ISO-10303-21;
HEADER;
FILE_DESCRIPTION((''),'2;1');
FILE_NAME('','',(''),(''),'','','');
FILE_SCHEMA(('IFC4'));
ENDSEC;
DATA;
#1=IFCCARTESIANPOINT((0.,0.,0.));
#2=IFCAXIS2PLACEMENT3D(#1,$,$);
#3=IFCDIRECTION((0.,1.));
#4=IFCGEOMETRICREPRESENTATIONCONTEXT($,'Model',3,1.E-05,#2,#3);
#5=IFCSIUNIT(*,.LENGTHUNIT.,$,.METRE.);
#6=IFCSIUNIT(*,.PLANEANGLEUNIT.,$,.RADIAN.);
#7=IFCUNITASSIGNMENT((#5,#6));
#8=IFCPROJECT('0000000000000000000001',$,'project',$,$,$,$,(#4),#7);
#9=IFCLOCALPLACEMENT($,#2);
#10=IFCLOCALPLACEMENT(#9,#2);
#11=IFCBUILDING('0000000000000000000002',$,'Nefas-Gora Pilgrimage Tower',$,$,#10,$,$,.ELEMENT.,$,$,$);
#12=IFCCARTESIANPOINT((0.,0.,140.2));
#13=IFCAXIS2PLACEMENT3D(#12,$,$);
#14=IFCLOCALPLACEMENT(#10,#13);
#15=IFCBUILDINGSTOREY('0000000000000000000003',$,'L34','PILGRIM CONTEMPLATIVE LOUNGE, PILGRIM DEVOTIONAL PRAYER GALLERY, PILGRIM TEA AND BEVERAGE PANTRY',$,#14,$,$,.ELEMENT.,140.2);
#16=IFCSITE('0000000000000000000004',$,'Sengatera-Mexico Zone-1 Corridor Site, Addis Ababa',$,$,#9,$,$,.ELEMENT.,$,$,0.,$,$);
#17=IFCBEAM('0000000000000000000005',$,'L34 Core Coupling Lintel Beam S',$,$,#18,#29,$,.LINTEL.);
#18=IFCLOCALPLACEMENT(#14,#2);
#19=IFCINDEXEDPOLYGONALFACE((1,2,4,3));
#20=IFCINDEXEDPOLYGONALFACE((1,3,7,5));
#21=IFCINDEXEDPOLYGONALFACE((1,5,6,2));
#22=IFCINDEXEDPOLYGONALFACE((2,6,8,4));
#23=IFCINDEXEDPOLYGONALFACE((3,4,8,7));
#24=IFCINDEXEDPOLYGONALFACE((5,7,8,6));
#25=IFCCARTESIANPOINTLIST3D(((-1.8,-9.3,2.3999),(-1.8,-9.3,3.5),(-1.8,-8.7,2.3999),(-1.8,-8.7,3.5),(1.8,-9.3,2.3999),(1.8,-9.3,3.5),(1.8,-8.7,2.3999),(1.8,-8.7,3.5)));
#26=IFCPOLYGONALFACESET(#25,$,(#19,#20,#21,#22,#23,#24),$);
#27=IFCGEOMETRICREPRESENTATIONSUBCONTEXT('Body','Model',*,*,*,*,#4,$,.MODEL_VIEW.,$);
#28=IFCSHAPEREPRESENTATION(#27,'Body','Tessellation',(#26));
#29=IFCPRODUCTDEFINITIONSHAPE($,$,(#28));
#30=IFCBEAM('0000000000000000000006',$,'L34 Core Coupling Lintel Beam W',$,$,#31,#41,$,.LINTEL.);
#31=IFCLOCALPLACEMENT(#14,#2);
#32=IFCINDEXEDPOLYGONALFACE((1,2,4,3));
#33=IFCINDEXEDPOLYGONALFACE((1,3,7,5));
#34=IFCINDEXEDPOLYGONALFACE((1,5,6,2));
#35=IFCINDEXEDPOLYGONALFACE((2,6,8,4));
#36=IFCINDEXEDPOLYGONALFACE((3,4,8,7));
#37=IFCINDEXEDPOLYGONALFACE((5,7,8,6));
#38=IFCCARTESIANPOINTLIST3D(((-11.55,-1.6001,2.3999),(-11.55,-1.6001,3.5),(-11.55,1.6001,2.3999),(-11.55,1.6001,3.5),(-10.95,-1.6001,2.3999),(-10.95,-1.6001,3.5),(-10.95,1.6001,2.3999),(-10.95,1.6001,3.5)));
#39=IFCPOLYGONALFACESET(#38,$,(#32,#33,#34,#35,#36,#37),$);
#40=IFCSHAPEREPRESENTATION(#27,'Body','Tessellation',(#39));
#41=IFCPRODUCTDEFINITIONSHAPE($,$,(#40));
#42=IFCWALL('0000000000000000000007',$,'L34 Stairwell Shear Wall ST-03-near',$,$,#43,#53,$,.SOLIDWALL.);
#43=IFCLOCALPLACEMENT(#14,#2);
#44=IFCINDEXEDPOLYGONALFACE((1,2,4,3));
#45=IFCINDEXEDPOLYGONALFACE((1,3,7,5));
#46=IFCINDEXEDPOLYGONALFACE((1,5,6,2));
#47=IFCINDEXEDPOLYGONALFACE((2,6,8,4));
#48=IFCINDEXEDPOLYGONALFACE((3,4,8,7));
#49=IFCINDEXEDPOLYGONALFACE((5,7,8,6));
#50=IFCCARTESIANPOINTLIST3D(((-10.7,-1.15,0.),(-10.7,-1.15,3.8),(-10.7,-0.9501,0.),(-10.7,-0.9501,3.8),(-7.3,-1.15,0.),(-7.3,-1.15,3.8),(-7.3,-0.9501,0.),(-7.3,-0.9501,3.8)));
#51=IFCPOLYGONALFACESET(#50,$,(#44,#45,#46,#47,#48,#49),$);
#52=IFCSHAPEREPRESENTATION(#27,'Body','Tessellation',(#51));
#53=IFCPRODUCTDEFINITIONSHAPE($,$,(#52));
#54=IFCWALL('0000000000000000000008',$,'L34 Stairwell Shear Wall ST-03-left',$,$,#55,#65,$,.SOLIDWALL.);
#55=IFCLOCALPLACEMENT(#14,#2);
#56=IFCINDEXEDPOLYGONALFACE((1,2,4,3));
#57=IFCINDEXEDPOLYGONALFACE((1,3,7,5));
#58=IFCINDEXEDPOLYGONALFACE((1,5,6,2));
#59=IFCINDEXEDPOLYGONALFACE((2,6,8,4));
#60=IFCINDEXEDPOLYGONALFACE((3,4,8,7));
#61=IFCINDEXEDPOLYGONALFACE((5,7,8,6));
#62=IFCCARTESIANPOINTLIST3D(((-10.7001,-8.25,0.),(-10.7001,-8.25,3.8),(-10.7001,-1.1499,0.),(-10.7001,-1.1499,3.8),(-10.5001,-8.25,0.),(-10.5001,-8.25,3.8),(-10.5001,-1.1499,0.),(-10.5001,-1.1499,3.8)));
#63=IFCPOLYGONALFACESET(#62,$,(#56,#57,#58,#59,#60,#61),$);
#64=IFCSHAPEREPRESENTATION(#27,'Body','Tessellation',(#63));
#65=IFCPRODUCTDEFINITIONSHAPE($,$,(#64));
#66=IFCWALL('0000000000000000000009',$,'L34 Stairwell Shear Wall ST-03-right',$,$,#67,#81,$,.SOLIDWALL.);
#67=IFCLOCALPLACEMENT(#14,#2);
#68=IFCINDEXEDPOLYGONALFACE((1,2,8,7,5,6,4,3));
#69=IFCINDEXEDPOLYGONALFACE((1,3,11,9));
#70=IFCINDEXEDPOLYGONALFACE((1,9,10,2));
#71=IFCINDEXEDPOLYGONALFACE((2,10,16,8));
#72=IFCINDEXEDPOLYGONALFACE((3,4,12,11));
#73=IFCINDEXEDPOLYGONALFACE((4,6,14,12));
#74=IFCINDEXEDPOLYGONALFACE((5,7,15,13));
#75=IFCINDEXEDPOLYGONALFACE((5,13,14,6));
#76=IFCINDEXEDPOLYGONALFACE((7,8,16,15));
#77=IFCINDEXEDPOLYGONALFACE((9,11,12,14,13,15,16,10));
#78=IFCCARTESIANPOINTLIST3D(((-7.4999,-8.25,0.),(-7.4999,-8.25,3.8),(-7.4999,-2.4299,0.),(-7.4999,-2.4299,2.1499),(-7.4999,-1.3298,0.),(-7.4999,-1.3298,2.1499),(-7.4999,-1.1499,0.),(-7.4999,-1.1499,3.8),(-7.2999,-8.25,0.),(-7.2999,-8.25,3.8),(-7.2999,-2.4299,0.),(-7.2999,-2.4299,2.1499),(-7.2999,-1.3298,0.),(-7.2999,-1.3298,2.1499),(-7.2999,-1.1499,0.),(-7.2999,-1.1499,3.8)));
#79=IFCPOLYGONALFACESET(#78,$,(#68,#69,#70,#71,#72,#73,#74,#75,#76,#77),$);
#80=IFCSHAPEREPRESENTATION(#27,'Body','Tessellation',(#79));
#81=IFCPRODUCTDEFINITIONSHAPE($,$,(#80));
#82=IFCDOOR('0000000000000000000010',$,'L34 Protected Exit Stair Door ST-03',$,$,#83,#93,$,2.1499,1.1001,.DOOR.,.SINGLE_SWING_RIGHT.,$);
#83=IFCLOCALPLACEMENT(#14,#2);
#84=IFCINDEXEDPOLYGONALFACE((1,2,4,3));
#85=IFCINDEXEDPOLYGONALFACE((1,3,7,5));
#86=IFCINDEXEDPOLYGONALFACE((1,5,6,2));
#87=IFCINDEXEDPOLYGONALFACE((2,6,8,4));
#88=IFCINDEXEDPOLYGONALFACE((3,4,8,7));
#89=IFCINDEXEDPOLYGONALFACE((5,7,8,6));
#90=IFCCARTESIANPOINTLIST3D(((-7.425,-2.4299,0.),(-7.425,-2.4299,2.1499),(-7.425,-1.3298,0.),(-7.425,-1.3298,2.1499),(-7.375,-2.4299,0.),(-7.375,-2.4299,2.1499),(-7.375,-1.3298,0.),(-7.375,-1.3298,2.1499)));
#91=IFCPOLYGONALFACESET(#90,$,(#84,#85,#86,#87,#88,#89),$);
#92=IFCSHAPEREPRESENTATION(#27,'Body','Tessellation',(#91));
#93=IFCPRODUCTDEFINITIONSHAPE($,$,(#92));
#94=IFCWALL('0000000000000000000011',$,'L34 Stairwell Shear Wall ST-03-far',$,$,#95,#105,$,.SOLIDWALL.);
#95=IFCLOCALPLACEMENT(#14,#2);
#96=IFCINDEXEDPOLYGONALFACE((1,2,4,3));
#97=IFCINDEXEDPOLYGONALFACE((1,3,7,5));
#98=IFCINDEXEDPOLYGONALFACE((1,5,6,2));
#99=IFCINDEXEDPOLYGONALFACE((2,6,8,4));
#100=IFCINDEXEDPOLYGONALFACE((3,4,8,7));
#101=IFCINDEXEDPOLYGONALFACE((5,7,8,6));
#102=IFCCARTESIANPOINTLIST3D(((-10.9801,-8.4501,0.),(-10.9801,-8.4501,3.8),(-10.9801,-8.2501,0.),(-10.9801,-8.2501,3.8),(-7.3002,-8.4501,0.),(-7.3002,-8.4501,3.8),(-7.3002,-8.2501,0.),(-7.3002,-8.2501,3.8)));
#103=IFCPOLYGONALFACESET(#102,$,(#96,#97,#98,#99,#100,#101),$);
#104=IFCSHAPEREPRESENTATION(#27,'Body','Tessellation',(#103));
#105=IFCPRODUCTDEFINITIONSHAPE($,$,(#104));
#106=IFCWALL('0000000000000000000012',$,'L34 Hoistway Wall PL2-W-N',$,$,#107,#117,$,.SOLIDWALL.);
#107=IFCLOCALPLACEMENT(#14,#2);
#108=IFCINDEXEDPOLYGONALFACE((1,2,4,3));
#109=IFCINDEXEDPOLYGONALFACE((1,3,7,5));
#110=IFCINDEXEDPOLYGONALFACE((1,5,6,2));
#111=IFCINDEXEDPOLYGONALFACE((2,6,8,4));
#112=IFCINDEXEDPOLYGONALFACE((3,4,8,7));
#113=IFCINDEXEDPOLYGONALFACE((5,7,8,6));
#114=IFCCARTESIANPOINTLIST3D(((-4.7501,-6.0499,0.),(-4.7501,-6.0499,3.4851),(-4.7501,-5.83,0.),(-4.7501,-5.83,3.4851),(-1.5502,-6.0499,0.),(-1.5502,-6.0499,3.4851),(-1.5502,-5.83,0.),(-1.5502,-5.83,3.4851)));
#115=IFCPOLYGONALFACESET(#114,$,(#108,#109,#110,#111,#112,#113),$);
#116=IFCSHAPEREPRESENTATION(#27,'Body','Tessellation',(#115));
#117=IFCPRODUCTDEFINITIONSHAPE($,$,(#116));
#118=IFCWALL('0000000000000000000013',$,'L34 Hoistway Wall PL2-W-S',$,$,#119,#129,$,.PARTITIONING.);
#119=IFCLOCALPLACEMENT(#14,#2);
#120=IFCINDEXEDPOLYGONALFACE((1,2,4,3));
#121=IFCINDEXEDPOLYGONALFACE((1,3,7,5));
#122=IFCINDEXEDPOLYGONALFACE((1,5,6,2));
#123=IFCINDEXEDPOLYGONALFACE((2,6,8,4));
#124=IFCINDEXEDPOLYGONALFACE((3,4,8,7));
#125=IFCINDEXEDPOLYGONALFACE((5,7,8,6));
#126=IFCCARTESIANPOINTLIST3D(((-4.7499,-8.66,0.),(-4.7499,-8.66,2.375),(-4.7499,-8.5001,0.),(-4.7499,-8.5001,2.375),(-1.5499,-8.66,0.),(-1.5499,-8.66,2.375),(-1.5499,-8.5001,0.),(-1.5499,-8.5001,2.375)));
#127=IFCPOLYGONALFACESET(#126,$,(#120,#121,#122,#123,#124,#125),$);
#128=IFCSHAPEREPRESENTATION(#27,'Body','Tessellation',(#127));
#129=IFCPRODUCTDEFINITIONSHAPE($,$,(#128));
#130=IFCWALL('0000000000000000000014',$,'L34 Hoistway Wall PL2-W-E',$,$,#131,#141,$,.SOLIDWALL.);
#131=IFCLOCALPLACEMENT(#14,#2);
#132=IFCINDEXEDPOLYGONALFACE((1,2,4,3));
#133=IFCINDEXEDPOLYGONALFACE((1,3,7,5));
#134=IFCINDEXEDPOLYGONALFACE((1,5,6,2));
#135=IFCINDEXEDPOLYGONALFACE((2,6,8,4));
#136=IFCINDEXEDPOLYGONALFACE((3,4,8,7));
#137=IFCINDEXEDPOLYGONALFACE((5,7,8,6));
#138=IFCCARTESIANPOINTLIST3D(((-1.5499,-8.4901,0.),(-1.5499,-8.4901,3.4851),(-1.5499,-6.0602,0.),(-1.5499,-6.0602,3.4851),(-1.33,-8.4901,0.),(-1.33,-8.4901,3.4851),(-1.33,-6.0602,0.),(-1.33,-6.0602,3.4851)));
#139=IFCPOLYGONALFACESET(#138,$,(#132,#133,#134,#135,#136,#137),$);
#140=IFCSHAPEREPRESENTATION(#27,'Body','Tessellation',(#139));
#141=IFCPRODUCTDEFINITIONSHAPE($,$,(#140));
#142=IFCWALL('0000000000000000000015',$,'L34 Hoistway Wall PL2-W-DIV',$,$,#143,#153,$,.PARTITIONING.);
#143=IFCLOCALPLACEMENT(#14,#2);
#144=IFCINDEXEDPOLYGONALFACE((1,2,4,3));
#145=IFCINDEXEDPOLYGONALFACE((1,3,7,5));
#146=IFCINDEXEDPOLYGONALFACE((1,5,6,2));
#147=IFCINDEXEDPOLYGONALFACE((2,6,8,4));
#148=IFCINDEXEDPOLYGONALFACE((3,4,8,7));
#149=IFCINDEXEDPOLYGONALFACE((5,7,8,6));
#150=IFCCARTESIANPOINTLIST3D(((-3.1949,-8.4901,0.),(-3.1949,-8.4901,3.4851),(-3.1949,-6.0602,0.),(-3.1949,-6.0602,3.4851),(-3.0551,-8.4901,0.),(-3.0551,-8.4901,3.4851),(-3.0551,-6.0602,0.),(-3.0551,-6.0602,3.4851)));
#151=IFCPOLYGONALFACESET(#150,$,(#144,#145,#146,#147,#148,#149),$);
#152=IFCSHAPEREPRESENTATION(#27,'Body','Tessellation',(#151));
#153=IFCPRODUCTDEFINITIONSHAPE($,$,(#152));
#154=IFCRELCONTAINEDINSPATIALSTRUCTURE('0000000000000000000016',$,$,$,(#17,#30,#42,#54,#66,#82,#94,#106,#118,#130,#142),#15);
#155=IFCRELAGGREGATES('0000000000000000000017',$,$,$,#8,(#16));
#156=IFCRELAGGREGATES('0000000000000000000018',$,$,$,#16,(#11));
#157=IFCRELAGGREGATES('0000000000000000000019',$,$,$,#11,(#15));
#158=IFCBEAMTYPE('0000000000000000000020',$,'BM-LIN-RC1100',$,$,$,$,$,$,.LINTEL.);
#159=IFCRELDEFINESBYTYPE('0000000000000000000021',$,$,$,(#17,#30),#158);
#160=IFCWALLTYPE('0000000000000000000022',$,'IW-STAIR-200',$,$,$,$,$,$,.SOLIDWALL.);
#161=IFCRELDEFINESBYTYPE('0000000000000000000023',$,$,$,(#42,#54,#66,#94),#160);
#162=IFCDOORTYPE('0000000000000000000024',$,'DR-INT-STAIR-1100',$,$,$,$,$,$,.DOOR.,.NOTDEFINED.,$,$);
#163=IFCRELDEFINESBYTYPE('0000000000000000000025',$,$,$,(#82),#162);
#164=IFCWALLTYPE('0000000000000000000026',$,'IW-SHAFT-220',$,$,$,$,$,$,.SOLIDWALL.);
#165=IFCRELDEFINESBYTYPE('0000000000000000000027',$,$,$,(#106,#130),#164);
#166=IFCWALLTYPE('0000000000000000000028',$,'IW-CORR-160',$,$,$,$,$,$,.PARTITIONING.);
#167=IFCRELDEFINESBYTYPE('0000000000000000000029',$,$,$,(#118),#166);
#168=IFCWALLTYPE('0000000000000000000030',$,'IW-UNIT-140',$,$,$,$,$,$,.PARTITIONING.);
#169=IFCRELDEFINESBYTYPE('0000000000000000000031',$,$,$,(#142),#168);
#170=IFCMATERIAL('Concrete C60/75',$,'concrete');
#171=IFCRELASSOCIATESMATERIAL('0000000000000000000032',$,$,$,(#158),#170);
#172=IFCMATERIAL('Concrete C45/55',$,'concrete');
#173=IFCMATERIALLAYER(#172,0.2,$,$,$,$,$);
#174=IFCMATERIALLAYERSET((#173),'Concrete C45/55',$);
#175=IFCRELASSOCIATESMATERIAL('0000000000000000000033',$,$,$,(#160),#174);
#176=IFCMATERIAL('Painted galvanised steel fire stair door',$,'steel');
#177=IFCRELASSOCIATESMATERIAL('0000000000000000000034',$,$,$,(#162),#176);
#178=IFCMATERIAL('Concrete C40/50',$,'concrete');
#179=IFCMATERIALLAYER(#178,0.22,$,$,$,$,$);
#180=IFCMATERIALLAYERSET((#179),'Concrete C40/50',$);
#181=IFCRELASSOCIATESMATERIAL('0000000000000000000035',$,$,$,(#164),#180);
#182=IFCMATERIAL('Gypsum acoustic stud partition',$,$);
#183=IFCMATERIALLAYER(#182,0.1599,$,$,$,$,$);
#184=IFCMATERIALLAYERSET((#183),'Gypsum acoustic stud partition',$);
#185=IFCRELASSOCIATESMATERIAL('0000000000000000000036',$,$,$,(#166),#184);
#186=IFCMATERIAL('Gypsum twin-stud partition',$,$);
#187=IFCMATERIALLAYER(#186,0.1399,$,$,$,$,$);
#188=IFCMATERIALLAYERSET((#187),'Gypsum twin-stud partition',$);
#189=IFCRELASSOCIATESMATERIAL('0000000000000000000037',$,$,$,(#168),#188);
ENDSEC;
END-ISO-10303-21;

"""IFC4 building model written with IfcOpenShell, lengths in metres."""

from ifc_helpers import new_model, si_unit, direction, frame, frame_2d, origin, origin_2d, place, context, subcontext, project, spatial, rectangle, extrude, source, transform, mapped, material, layer, layer_set, material_profile, profile_set, type_object, element, fill, save


model = new_model("IFC4")

# Units and contexts
model_context = context("Model", 3, precision=1e-05, world=origin(), true_north=direction((0.0, 1.0)))
body_context = subcontext(model_context, "Body", "Model", "MODEL_VIEW")
ifc_project = project(units=[si_unit("LENGTHUNIT", "METRE"), si_unit("PLANEANGLEUNIT", "RADIAN")], contexts=[model_context])

# Site, building, storey
site_placement = place(None, origin())
site = spatial("IfcSite", under=ifc_project, at=site_placement, Name="Sengatera-Mexico Zone-1 Corridor Site, Addis Ababa", CompositionType="ELEMENT", RefElevation=0.0)
building_placement = place(site_placement, origin())
building = spatial("IfcBuilding", under=site, at=building_placement, Name="Nefas-Gora Pilgrimage Tower", CompositionType="ELEMENT")
storey_placement = place(building_placement, frame((0.0, 0.0, 140.2)))
storey = spatial("IfcBuildingStorey", under=building, at=storey_placement, Name="L34", Description="PILGRIM CONTEMPLATIVE LOUNGE, PILGRIM DEVOTIONAL PRAYER GALLERY, PILGRIM TEA AND BEVERAGE PANTRY", CompositionType="ELEMENT", Elevation=140.2)

# Beams
ifc_material_1 = material(Name="Concrete C60/75", Category="concrete")
ifc_material_profile = material_profile(ifc_material_1, rectangle(XDim=0.6001, YDim=1.1001, at=origin_2d()), Name="RC 600x1100")
ifc_profile_set = profile_set([ifc_material_profile], Name="Concrete C60/75")
beam_type = type_object("IfcBeamType", Name="BM-LIN-RC1100", PredefinedType="LINTEL", material=ifc_profile_set)
shared_shape_1 = source(origin(), body_context, "Body", "SweptSolid", [
    extrude(rectangle(XDim=0.6001, YDim=1.1001, at=origin_2d()), origin(), (0.0, 0.0, 1.0), 3.6001),
])
beam_1_placement = place(storey_placement, frame((-1.8, -9.0, 2.95), z_axis=(1.0, 0.0, 0.0), x_axis=(0.0, 1.0, 0.0)))
element("IfcBeam", 1, at=beam_1_placement, inside=storey, type_object=beam_type, Name="L34 Core Coupling Lintel Beam S", PredefinedType="LINTEL", context=body_context, shape_type="MappedRepresentation", body=[
    mapped(shared_shape_1, transform((0.0, 0.0, 0.0), x_axis=(1.0, 0.0, 0.0), y_axis=(0.0, 1.0, 0.0), z_axis=(0.0, 0.0, 1.0), scale=1.0)),
])
shared_shape_2 = source(origin(), body_context, "Body", "SweptSolid", [
    extrude(rectangle(XDim=0.6001, YDim=1.1001, at=origin_2d()), origin(), (0.0, 0.0, 1.0), 3.2002),
])
beam_2_placement = place(storey_placement, frame((-11.25, -1.6001, 2.95), z_axis=(0.0, 1.0, 0.0), x_axis=(-1.0, 0.0, 0.0)))
element("IfcBeam", 2, at=beam_2_placement, inside=storey, type_object=beam_type, Name="L34 Core Coupling Lintel Beam W", PredefinedType="LINTEL", context=body_context, shape_type="MappedRepresentation", body=[
    mapped(shared_shape_2, transform((0.0, 0.0, 0.0), x_axis=(1.0, 0.0, 0.0), y_axis=(0.0, 1.0, 0.0), z_axis=(0.0, 0.0, 1.0), scale=1.0)),
])

# Walls
ifc_material_2 = material(Name="Concrete C45/55", Category="concrete")
ifc_layer_1 = layer(ifc_material_2, 0.2)
ifc_layer_set_1 = layer_set([ifc_layer_1], Name="Concrete C45/55")
wall_type_1 = type_object("IfcWallType", Name="IW-STAIR-200", PredefinedType="SOLIDWALL", material=ifc_layer_set_1)
shared_shape_3 = source(origin(), body_context, "Body", "SweptSolid", [
    extrude(rectangle(XDim=3.3999, YDim=0.2, at=frame_2d((1.7, 0.0))), origin(), (0.0, 0.0, 1.0), 3.8),
])
wall_1_placement = place(storey_placement, frame((-10.7, -1.05, 0.0), z_axis=(0.0, 0.0, 1.0), x_axis=(1.0, 0.0, 0.0)))
element("IfcWall", 3, at=wall_1_placement, inside=storey, type_object=wall_type_1, Name="L34 Stairwell Shear Wall ST-03-near", PredefinedType="SOLIDWALL", context=body_context, shape_type="MappedRepresentation", body=[
    mapped(shared_shape_3, transform((0.0, 0.0, 0.0), x_axis=(1.0, 0.0, 0.0), y_axis=(0.0, 1.0, 0.0), z_axis=(0.0, 0.0, 1.0), scale=1.0)),
])
shared_shape_4 = source(origin(), body_context, "Body", "SweptSolid", [
    extrude(rectangle(XDim=7.1001, YDim=0.2, at=frame_2d((3.55, 0.0))), origin(), (0.0, 0.0, 1.0), 3.8),
])
wall_2_placement = place(storey_placement, frame((-10.6001, -1.1499, 0.0), z_axis=(0.0, 0.0, 1.0), x_axis=(0.0, -1.0, 0.0)))
element("IfcWall", 4, at=wall_2_placement, inside=storey, type_object=wall_type_1, Name="L34 Stairwell Shear Wall ST-03-left", PredefinedType="SOLIDWALL", context=body_context, shape_type="MappedRepresentation", body=[
    mapped(shared_shape_4, transform((0.0, 0.0, 0.0), x_axis=(1.0, 0.0, 0.0), y_axis=(0.0, 1.0, 0.0), z_axis=(0.0, 0.0, 1.0), scale=1.0)),
])

# Wall, opening, door
wall_3_placement = place(storey_placement, frame((-7.3999, -1.1499, 0.0), z_axis=(0.0, 0.0, 1.0), x_axis=(0.0, -1.0, 0.0)))
wall_3 = element("IfcWall", 5, at=wall_3_placement, inside=storey, type_object=wall_type_1, Name="L34 Stairwell Shear Wall ST-03-right", PredefinedType="SOLIDWALL", context=body_context, shape_type="MappedRepresentation", body=[
    mapped(shared_shape_4, transform((0.0, 0.0, 0.0), x_axis=(1.0, 0.0, 0.0), y_axis=(0.0, 1.0, 0.0), z_axis=(0.0, 0.0, 1.0), scale=1.0)),
])
opening_1_placement = place(wall_3_placement, frame((0.1799, 0.0, 0.0)))
opening_1 = element("IfcOpeningElement", 6, at=opening_1_placement, cuts=wall_3, PredefinedType="OPENING", context=body_context, shape_type="SweptSolid", body=[
    extrude(rectangle(XDim=1.1001, YDim=2.1499, at=frame_2d((0.55, 1.075))), frame((0.0, 0.1099, 0.0), z_axis=(0.0, -1.0, 0.0), x_axis=(1.0, 0.0, 0.0)), (0.0, 0.0, 1.0), 0.22),
])
ifc_material_3 = material(Name="Painted galvanised steel fire stair door", Category="steel")
door_type_1 = type_object("IfcDoorType", Name="DR-INT-STAIR-1100", OperationType="NOTDEFINED", PredefinedType="DOOR", material=ifc_material_3)
shared_shape_5 = source(origin(), body_context, "Body", "SweptSolid", [
    extrude(rectangle(XDim=1.1001, YDim=2.1499, at=frame_2d((0.55, 1.075))), frame((0.0, 0.0249, 0.0), z_axis=(0.0, -1.0, 0.0), x_axis=(1.0, 0.0, 0.0)), (0.0, 0.0, 1.0), 0.05),
])
door_1_placement = place(opening_1_placement, origin())
door_1 = element("IfcDoor", 7, at=door_1_placement, inside=storey, type_object=door_type_1, Name="L34 Protected Exit Stair Door ST-03", OperationType="SINGLE_SWING_RIGHT", OverallHeight=2.1499, OverallWidth=1.1001, PredefinedType="DOOR", context=body_context, shape_type="MappedRepresentation", body=[
    mapped(shared_shape_5, transform((0.0, 0.0, 0.0), x_axis=(1.0, 0.0, 0.0), y_axis=(0.0, 1.0, 0.0), z_axis=(0.0, 0.0, 1.0), scale=1.0)),
])
fill(opening_1, door_1)

# Walls
shared_shape_6 = source(origin(), body_context, "Body", "SweptSolid", [
    extrude(rectangle(XDim=3.6799, YDim=0.2, at=frame_2d((1.8398, 0.0))), origin(), (0.0, 0.0, 1.0), 3.8),
])
wall_4_placement = place(storey_placement, frame((-10.98, -8.3501, 0.0), z_axis=(0.0, 0.0, 1.0), x_axis=(1.0, 0.0, 0.0)))
element("IfcWall", 8, at=wall_4_placement, inside=storey, type_object=wall_type_1, Name="L34 Stairwell Shear Wall ST-03-far", PredefinedType="SOLIDWALL", context=body_context, shape_type="MappedRepresentation", body=[
    mapped(shared_shape_6, transform((0.0, 0.0, 0.0), x_axis=(1.0, 0.0, 0.0), y_axis=(0.0, 1.0, 0.0), z_axis=(0.0, 0.0, 1.0), scale=1.0)),
])
ifc_material_4 = material(Name="Concrete C40/50", Category="concrete")
ifc_layer_2 = layer(ifc_material_4, 0.22)
ifc_layer_set_2 = layer_set([ifc_layer_2], Name="Concrete C40/50")
wall_type_2 = type_object("IfcWallType", Name="IW-SHAFT-220", PredefinedType="SOLIDWALL", material=ifc_layer_set_2)
shared_shape_7 = source(origin(), body_context, "Body", "SweptSolid", [
    extrude(rectangle(XDim=3.2, YDim=0.22, at=frame_2d((1.6001, 0.0))), origin(), (0.0, 0.0, 1.0), 3.4851),
])
wall_5_placement = place(storey_placement, frame((-1.55, -5.9399, 0.0), z_axis=(0.0, 0.0, 1.0), x_axis=(-1.0, 0.0, 0.0)))
element("IfcWall", 9, at=wall_5_placement, inside=storey, type_object=wall_type_2, Name="L34 Hoistway Wall PL2-W-N", PredefinedType="SOLIDWALL", context=body_context, shape_type="MappedRepresentation", body=[
    mapped(shared_shape_7, transform((0.0, 0.0, 0.0), x_axis=(1.0, 0.0, 0.0), y_axis=(0.0, 1.0, 0.0), z_axis=(0.0, 0.0, 1.0), scale=1.0)),
])
ifc_material_5 = material(Name="Gypsum acoustic stud partition")
ifc_layer_3 = layer(ifc_material_5, 0.1599)
ifc_layer_set_3 = layer_set([ifc_layer_3], Name="Gypsum acoustic stud partition")
wall_type_3 = type_object("IfcWallType", Name="IW-CORR-160", PredefinedType="PARTITIONING", material=ifc_layer_set_3)
shared_shape_8 = source(origin(), body_context, "Body", "SweptSolid", [
    extrude(rectangle(XDim=3.2, YDim=0.1599, at=frame_2d((1.6001, 0.0))), origin(), (0.0, 0.0, 1.0), 2.375),
])
wall_6_placement = place(storey_placement, frame((-4.75, -8.5801, 0.0), z_axis=(0.0, 0.0, 1.0), x_axis=(1.0, 0.0, 0.0)))
element("IfcWall", 10, at=wall_6_placement, inside=storey, type_object=wall_type_3, Name="L34 Hoistway Wall PL2-W-S", PredefinedType="PARTITIONING", context=body_context, shape_type="MappedRepresentation", body=[
    mapped(shared_shape_8, transform((0.0, 0.0, 0.0), x_axis=(1.0, 0.0, 0.0), y_axis=(0.0, 1.0, 0.0), z_axis=(0.0, 0.0, 1.0), scale=1.0)),
])
shared_shape_9 = source(origin(), body_context, "Body", "SweptSolid", [
    extrude(rectangle(XDim=2.4299, YDim=0.22, at=frame_2d((1.2148, 0.0))), origin(), (0.0, 0.0, 1.0), 3.4851),
])
for number, where, z_axis, x_axis, name in (
    (11, (-1.4399, -8.49, 0.0), (0.0, 0.0, 1.0), (0.0, 1.0, 0.0), "L34 Hoistway Wall PL2-W-E"),
):
    element("IfcWall", number, at=place(storey_placement, frame(where, z_axis=z_axis, x_axis=x_axis)), inside=storey, type_object=wall_type_2, Name=name, PredefinedType="SOLIDWALL", context=body_context, shape_type="MappedRepresentation", body=[
        mapped(shared_shape_9, transform((0.0, 0.0, 0.0), x_axis=(1.0, 0.0, 0.0), y_axis=(0.0, 1.0, 0.0), z_axis=(0.0, 0.0, 1.0), scale=1.0)),
    ])
ifc_material_6 = material(Name="Gypsum twin-stud partition")
ifc_layer_4 = layer(ifc_material_6, 0.1399)
ifc_layer_set_4 = layer_set([ifc_layer_4], Name="Gypsum twin-stud partition")
wall_type_4 = type_object("IfcWallType", Name="IW-UNIT-140", PredefinedType="PARTITIONING", material=ifc_layer_set_4)
shared_shape_10 = source(origin(), body_context, "Body", "SweptSolid", [
    extrude(rectangle(XDim=2.4299, YDim=0.1399, at=frame_2d((1.2148, 0.0))), origin(), (0.0, 0.0, 1.0), 3.4851),
])
wall_7_placement = place(storey_placement, frame((-3.125, -8.49, 0.0), z_axis=(0.0, 0.0, 1.0), x_axis=(0.0, 1.0, 0.0)))
element("IfcWall", 12, at=wall_7_placement, inside=storey, type_object=wall_type_4, Name="L34 Hoistway Wall PL2-W-DIV", PredefinedType="PARTITIONING", context=body_context, shape_type="MappedRepresentation", body=[
    mapped(shared_shape_10, transform((0.0, 0.0, 0.0), x_axis=(1.0, 0.0, 0.0), y_axis=(0.0, 1.0, 0.0), z_axis=(0.0, 0.0, 1.0), scale=1.0)),
])

save(model, "model.ifc")
